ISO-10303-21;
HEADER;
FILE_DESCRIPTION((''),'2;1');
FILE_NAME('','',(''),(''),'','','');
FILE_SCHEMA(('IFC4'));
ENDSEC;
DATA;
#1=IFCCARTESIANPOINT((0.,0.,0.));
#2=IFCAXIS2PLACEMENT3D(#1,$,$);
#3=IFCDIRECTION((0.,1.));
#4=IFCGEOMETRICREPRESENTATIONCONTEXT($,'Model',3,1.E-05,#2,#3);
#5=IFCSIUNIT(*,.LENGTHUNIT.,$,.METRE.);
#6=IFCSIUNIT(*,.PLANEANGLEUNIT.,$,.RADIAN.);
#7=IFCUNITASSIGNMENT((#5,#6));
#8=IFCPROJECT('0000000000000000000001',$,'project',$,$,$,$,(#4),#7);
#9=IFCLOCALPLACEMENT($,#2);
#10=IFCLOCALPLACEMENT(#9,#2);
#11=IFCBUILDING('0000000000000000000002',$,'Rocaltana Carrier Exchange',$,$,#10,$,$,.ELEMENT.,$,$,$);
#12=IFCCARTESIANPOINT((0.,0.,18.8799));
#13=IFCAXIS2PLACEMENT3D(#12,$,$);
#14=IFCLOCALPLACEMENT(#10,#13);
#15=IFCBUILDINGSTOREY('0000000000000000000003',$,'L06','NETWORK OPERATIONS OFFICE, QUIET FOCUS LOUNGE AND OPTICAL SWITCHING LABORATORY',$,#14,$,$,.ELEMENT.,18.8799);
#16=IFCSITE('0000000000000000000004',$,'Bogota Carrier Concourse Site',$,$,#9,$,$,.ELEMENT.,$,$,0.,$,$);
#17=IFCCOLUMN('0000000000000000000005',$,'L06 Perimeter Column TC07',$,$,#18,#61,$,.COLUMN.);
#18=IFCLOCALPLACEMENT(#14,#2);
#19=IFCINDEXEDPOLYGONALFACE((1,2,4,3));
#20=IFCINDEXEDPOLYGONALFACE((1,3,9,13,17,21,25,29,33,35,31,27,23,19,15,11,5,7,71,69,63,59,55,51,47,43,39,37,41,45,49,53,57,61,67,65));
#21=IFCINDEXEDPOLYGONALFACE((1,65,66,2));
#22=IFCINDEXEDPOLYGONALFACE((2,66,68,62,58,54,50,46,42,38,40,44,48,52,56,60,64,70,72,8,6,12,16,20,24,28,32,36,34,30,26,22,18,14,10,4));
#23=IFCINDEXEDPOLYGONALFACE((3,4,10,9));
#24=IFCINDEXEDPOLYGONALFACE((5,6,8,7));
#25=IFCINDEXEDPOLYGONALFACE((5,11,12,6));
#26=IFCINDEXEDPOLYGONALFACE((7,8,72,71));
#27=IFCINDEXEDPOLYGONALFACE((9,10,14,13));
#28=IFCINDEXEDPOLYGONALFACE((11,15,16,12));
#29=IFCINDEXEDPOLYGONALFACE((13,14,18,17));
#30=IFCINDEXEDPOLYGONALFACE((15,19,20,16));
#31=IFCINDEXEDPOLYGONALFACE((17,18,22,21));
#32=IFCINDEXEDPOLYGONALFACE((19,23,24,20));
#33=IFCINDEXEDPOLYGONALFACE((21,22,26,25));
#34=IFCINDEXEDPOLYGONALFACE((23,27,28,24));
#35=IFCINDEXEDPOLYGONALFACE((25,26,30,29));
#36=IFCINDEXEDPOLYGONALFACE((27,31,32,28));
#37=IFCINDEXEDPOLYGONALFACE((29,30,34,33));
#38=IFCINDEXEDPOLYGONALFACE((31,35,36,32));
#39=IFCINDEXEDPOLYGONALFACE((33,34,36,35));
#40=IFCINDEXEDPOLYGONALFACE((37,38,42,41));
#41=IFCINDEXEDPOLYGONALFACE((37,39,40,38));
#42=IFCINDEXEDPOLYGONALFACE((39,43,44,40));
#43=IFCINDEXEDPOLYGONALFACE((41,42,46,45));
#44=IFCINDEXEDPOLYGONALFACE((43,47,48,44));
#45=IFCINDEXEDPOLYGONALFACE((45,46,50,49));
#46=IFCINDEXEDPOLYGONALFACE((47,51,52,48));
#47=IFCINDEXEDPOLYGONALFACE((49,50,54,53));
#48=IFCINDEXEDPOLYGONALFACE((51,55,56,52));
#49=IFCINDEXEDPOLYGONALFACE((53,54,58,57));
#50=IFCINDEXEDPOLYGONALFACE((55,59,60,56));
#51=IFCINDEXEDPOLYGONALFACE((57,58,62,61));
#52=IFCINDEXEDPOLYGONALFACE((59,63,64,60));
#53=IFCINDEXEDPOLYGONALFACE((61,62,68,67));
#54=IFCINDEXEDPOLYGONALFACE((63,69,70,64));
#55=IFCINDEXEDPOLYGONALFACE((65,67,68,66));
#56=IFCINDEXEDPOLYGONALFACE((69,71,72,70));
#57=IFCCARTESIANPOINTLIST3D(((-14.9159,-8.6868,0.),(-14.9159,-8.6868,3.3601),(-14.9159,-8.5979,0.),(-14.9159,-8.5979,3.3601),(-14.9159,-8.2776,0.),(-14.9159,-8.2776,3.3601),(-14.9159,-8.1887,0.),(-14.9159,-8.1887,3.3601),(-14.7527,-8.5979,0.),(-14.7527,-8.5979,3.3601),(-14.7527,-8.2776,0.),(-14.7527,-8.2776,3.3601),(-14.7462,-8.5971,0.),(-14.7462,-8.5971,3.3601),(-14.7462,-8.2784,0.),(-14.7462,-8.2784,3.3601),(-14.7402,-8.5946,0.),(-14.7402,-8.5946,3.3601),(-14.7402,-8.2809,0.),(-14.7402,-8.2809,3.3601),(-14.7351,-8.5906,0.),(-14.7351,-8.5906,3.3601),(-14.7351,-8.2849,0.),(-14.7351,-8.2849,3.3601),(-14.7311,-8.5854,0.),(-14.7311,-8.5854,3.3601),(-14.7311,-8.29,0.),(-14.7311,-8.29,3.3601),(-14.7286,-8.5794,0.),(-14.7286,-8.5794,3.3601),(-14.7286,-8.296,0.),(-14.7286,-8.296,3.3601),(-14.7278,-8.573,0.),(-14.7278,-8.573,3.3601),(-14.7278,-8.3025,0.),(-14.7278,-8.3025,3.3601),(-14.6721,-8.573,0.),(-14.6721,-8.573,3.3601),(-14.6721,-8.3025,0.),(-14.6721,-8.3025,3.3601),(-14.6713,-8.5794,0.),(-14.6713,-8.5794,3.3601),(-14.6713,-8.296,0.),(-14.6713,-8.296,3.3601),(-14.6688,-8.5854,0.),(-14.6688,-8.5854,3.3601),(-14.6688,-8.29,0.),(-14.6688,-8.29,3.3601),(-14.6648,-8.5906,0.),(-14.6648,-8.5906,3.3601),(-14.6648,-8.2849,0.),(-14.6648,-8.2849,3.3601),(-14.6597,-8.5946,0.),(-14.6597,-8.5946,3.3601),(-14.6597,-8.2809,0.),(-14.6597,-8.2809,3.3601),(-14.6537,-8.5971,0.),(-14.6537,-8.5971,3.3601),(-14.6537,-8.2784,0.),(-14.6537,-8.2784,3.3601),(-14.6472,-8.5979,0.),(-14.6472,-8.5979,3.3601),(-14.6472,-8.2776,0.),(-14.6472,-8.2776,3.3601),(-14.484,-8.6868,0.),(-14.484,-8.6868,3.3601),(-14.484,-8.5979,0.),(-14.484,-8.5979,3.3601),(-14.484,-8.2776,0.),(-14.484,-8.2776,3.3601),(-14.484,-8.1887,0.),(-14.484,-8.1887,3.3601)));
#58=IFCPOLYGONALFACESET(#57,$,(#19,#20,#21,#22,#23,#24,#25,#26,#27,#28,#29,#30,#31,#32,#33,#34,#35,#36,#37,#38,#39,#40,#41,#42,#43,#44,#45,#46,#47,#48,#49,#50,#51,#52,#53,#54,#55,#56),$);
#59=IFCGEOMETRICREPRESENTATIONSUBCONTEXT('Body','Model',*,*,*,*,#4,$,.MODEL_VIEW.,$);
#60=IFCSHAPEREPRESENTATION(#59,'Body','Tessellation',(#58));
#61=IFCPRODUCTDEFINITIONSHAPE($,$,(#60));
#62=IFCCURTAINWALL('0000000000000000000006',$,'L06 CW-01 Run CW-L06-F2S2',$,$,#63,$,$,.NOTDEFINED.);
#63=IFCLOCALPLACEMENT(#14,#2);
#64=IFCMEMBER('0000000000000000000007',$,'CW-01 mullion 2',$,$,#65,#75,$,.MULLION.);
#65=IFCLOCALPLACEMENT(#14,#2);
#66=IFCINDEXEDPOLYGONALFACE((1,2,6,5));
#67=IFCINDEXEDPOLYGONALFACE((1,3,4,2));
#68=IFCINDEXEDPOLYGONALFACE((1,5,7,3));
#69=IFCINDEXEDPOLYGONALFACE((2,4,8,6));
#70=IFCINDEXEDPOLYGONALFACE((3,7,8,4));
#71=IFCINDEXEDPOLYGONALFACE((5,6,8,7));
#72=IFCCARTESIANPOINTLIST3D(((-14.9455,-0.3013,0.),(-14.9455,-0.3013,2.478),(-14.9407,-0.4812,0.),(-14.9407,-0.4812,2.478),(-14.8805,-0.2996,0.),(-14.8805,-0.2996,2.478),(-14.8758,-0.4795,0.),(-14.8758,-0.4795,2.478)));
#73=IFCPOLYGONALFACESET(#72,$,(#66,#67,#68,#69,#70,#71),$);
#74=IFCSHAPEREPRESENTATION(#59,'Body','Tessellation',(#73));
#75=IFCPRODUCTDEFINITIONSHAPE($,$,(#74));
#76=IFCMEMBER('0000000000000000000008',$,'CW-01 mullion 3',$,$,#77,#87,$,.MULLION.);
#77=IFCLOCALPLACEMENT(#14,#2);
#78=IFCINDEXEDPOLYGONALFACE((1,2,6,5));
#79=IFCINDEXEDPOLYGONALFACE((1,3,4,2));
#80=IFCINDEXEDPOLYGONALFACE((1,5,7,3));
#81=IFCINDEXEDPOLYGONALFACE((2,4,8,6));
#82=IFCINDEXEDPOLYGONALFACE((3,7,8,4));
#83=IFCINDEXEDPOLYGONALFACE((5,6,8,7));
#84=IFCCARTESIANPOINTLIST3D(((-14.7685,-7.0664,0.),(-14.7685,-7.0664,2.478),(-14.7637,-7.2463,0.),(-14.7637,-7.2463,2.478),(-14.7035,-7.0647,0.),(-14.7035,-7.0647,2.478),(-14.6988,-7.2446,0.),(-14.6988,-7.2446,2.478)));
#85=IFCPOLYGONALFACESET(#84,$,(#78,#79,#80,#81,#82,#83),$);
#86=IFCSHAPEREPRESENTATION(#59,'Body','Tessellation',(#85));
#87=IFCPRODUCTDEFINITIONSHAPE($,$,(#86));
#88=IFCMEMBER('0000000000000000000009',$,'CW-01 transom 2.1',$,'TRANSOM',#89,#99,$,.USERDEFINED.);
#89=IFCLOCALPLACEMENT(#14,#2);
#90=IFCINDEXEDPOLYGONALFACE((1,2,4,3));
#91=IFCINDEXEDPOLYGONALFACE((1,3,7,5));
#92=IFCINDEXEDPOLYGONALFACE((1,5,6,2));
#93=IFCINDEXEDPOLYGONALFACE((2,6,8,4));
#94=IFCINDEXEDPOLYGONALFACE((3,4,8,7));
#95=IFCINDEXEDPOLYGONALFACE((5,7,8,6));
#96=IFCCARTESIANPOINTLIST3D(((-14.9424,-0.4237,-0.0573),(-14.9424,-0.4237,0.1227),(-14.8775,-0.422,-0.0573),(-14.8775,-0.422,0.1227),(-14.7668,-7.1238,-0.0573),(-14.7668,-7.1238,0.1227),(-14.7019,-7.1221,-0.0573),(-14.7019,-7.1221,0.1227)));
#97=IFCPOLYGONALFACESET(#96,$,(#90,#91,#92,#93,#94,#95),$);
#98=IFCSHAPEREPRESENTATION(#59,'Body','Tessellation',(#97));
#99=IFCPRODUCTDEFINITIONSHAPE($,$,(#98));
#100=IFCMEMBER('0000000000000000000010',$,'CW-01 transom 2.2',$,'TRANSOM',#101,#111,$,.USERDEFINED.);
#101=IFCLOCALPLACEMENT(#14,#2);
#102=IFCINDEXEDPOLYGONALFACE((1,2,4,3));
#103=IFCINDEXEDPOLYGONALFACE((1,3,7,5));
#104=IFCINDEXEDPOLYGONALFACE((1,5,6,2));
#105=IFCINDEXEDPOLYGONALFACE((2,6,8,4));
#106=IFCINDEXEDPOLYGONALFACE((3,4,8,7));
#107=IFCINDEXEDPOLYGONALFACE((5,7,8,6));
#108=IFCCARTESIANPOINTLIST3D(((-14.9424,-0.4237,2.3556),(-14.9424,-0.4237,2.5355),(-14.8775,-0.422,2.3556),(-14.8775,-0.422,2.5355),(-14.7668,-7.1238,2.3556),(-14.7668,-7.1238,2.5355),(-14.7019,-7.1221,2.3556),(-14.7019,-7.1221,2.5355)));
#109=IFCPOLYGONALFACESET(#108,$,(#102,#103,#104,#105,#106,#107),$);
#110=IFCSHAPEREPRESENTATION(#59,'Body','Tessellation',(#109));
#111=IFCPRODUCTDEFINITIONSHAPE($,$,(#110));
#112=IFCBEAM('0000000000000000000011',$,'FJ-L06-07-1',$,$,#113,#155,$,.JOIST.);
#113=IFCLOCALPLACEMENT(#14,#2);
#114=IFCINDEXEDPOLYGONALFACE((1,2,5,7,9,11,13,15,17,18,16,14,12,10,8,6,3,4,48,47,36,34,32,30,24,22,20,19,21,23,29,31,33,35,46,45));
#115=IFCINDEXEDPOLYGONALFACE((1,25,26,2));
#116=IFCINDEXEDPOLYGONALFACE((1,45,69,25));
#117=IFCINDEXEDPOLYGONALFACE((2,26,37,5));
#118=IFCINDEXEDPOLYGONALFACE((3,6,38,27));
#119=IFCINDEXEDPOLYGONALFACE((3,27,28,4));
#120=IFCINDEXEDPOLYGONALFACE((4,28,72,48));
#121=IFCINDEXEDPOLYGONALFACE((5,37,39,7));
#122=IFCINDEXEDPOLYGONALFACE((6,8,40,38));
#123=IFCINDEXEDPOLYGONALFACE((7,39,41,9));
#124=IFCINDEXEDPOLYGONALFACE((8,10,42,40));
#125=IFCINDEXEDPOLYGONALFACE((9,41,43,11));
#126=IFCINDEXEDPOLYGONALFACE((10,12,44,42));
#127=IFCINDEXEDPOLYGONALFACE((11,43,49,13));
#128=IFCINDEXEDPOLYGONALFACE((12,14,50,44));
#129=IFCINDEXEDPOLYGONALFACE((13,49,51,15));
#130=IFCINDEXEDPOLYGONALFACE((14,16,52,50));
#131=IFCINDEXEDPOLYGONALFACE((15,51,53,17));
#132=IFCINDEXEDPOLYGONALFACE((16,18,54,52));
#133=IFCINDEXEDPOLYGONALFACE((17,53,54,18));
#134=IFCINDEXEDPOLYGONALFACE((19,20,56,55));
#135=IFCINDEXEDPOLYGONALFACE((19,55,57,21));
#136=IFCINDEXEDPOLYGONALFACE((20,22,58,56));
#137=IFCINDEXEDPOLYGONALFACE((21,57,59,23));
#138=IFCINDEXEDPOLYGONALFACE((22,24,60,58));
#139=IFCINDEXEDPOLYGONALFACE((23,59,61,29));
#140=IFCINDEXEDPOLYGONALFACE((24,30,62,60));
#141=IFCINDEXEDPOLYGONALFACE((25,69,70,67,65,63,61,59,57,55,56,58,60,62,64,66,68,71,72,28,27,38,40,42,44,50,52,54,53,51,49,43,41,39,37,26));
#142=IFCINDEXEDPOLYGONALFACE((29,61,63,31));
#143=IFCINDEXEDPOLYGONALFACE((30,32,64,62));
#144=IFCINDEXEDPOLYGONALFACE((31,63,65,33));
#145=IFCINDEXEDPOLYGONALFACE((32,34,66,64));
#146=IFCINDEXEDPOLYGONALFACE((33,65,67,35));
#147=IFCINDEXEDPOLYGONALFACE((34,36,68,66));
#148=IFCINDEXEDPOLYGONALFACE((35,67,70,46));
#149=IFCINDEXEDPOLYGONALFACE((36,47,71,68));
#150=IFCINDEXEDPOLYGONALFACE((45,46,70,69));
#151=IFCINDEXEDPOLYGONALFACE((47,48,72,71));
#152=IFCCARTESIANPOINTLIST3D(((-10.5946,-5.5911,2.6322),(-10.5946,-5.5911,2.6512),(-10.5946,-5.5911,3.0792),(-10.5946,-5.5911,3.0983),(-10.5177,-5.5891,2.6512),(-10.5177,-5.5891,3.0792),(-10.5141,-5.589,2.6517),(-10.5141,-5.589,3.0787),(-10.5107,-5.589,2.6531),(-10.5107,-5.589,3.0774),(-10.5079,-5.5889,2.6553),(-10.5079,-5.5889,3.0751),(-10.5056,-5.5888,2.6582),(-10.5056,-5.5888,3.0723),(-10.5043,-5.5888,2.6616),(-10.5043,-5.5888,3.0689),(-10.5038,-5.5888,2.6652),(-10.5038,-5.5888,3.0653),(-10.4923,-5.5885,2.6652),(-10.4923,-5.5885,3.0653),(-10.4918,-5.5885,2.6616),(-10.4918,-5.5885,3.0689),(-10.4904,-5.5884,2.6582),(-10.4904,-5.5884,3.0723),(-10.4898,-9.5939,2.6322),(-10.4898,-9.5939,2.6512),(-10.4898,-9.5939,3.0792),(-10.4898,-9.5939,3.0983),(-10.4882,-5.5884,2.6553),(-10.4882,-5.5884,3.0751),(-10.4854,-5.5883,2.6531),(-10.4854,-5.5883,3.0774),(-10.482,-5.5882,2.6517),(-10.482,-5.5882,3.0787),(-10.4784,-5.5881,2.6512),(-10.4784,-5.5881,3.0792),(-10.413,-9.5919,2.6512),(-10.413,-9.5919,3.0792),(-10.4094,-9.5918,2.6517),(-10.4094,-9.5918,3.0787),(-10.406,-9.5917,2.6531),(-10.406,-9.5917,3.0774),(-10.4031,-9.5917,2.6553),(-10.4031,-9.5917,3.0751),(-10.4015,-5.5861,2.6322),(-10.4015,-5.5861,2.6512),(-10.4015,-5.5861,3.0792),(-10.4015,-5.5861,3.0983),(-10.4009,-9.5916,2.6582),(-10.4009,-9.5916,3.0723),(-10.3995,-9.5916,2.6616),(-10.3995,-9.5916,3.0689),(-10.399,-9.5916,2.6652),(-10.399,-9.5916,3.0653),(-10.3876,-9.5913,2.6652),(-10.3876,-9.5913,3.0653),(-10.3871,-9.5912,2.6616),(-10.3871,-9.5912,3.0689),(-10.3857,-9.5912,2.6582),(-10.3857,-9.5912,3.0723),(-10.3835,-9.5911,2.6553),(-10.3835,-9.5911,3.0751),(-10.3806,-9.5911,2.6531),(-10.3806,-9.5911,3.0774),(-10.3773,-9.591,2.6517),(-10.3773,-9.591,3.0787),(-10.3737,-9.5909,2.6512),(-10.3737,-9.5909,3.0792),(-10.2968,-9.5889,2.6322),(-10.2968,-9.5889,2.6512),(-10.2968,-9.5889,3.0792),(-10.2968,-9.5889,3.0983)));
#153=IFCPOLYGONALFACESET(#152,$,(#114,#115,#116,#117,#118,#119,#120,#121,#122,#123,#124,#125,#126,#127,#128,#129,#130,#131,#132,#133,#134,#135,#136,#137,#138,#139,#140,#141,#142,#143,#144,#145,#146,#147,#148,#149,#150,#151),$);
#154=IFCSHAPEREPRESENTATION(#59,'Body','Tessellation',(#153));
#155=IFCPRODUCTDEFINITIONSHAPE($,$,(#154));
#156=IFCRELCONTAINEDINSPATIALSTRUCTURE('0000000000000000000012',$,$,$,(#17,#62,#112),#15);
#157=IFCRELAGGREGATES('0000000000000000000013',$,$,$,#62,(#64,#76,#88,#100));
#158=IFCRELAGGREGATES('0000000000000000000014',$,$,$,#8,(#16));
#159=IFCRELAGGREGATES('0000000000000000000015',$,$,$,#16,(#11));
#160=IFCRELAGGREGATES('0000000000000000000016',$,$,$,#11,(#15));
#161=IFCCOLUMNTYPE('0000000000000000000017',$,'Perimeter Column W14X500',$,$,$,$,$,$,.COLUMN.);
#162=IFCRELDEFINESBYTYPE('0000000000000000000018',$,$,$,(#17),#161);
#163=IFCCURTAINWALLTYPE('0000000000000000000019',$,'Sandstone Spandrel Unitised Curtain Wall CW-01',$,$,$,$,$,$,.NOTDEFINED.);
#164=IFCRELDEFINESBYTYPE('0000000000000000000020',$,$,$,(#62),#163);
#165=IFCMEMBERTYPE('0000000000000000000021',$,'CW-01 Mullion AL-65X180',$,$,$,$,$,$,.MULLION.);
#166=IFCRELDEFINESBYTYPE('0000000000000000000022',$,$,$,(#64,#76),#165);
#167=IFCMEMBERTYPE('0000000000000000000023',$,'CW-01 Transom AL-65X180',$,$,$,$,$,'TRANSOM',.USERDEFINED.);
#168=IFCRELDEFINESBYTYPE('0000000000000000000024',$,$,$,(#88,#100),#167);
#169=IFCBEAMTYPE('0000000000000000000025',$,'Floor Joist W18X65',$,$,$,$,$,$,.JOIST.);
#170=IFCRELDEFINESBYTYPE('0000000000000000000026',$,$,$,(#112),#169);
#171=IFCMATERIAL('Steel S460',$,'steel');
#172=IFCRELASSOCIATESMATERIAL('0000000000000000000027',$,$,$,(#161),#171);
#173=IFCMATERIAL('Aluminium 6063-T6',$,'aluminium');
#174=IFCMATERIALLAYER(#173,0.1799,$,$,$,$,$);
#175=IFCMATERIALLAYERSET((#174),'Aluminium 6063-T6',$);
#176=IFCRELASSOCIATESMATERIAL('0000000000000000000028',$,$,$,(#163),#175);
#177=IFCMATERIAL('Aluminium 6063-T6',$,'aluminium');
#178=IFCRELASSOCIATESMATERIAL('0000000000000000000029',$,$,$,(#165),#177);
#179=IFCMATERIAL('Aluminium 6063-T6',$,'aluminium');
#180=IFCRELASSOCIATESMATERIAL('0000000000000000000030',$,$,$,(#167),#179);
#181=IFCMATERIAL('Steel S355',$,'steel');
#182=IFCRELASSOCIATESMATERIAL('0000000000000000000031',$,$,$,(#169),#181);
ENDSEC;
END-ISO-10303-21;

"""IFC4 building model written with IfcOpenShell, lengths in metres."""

from ifc_helpers import new_model, si_unit, direction, frame, origin, origin_2d, place, context, subcontext, project, spatial, rectangle, i_section, extrude, material, layer, layer_set, material_profile, profile_set, type_object, element, aggregate, save


model = new_model("IFC4")

# Units and contexts
model_context = context("Model", 3, precision=1e-05, world=origin(), true_north=direction((0.0, 1.0)))
body_context = subcontext(model_context, "Body", "Model", "MODEL_VIEW")
ifc_project = project(units=[si_unit("LENGTHUNIT", "METRE"), si_unit("PLANEANGLEUNIT", "RADIAN")], contexts=[model_context])

# Site, building, storey
site_placement = place(None, origin())
site = spatial("IfcSite", under=ifc_project, at=site_placement, Name="Bogota Carrier Concourse Site", CompositionType="ELEMENT", RefElevation=0.0)
building_placement = place(site_placement, origin())
building = spatial("IfcBuilding", under=site, at=building_placement, Name="Rocaltana Carrier Exchange", CompositionType="ELEMENT")
storey_placement = place(building_placement, frame((0.0, 0.0, 18.8799)))
storey = spatial("IfcBuildingStorey", under=building, at=storey_placement, Name="L06", Description="NETWORK OPERATIONS OFFICE, QUIET FOCUS LOUNGE AND OPTICAL SWITCHING LABORATORY", CompositionType="ELEMENT", Elevation=18.8799)

# Column
ifc_material_1 = material(Name="Steel S460", Category="steel")
ifc_material_profile_1 = material_profile(ifc_material_1, i_section(OverallWidth=0.4319, OverallDepth=0.498, WebThickness=0.0557, FlangeThickness=0.0889, FilletRadius=0.0249, at=origin_2d()), Name="W14X500")
ifc_profile_set_1 = profile_set([ifc_material_profile_1], Name="Steel S460")
column_type = type_object("IfcColumnType", Name="Perimeter Column W14X500", PredefinedType="COLUMN", material=ifc_profile_set_1)
column_placement = place(storey_placement, frame((-14.7, -8.4377, 0.0), z_axis=(0.0, 0.0, 1.0), x_axis=(1.0, 0.0, 0.0)))
element("IfcColumn", 1, at=column_placement, inside=storey, type_object=column_type, Name="L06 Perimeter Column TC07", PredefinedType="COLUMN", context=body_context, shape_type="SweptSolid", body=[
    extrude(i_section(OverallWidth=0.4319, OverallDepth=0.498, WebThickness=0.0557, FlangeThickness=0.0889, FilletRadius=0.0249, at=origin_2d()), origin(), (0.0, 0.0, 1.0), 3.3601),
])

# Curtain wall, members
ifc_material_2 = material(Name="Aluminium 6063-T6", Category="aluminium")
ifc_layer_1 = layer(ifc_material_2, 0.1799)
ifc_layer_set_1 = layer_set([ifc_layer_1], Name="Aluminium 6063-T6")
curtain_wall_type = type_object("IfcCurtainWallType", Name="Sandstone Spandrel Unitised Curtain Wall CW-01", PredefinedType="NOTDEFINED", material=ifc_layer_set_1)
curtain_wall_placement = place(storey_placement, origin())
curtain_wall = element("IfcCurtainWall", 2, at=curtain_wall_placement, inside=storey, type_object=curtain_wall_type, Name="L06 CW-01 Run CW-L06-F2S2", PredefinedType="NOTDEFINED")
ifc_material_3 = material(Name="Aluminium 6063-T6", Category="aluminium")
ifc_material_profile_2 = material_profile(ifc_material_3, rectangle(XDim=0.0649, YDim=0.1799, at=origin_2d()), Name="AL-65X180")
ifc_profile_set_2 = profile_set([ifc_material_profile_2], Name="Aluminium 6063-T6")
member_type_1 = type_object("IfcMemberType", Name="CW-01 Mullion AL-65X180", PredefinedType="MULLION", material=ifc_profile_set_2)
member_1_placement = place(storey_placement, frame((-14.9106, -0.3904, 0.0), z_axis=(0.0, 0.0, 1.0), x_axis=(0.999657, 0.026177, 0.0)))
member_1 = element("IfcMember", 3, at=member_1_placement, type_object=member_type_1, Name="CW-01 mullion 2", PredefinedType="MULLION", context=body_context, shape_type="SweptSolid", body=[
    extrude(rectangle(XDim=0.0649, YDim=0.1799, at=origin_2d()), origin(), (0.0, 0.0, 1.0), 2.478),
])
member_2_placement = place(storey_placement, frame((-14.7336, -7.1555, 0.0), z_axis=(0.0, 0.0, 1.0), x_axis=(0.999657, 0.026177, 0.0)))
member_2 = element("IfcMember", 4, at=member_2_placement, type_object=member_type_1, Name="CW-01 mullion 3", PredefinedType="MULLION", context=body_context, shape_type="SweptSolid", body=[
    extrude(rectangle(XDim=0.0649, YDim=0.1799, at=origin_2d()), origin(), (0.0, 0.0, 1.0), 2.478),
])
ifc_material_4 = material(Name="Aluminium 6063-T6", Category="aluminium")
ifc_material_profile_3 = material_profile(ifc_material_4, rectangle(XDim=0.0649, YDim=0.1799, at=origin_2d()), Name="AL-65X180")
ifc_profile_set_3 = profile_set([ifc_material_profile_3], Name="Aluminium 6063-T6")
member_type_2 = type_object("IfcMemberType", Name="CW-01 Transom AL-65X180", ElementType="TRANSOM", PredefinedType="USERDEFINED", material=ifc_profile_set_3)
member_3_placement = place(storey_placement, frame((-14.9099, -0.4229, 0.0327), z_axis=(0.02619, -0.999657, 0.0), x_axis=(0.999657, 0.02619, 0.0)))
member_3 = element("IfcMember", 5, at=member_3_placement, type_object=member_type_2, Name="CW-01 transom 2.1", ObjectType="TRANSOM", PredefinedType="USERDEFINED", context=body_context, shape_type="SweptSolid", body=[
    extrude(rectangle(XDim=0.0649, YDim=0.1799, at=origin_2d()), origin(), (0.0, 0.0, 1.0), 6.7024),
])
member_4_placement = place(storey_placement, frame((-14.9099, -0.4229, 2.4456), z_axis=(0.02619, -0.999657, 0.0), x_axis=(0.999657, 0.02619, 0.0)))
member_4 = element("IfcMember", 6, at=member_4_placement, type_object=member_type_2, Name="CW-01 transom 2.2", ObjectType="TRANSOM", PredefinedType="USERDEFINED", context=body_context, shape_type="SweptSolid", body=[
    extrude(rectangle(XDim=0.0649, YDim=0.1799, at=origin_2d()), origin(), (0.0, 0.0, 1.0), 6.7024),
])

# Beam
ifc_material_5 = material(Name="Steel S355", Category="steel")
ifc_material_profile_4 = material_profile(ifc_material_5, i_section(OverallWidth=0.1931, OverallDepth=0.4661, WebThickness=0.0115, FlangeThickness=0.019, FilletRadius=0.0139, at=origin_2d()), Name="W18X65")
ifc_profile_set_4 = profile_set([ifc_material_profile_4], Name="Steel S355")
beam_type_1 = type_object("IfcBeamType", Name="Floor Joist W18X65", PredefinedType="JOIST", material=ifc_profile_set_4)
beam_1_placement = place(storey_placement, frame((-10.498, -5.5886, 2.8652), z_axis=(0.026158, -0.999658, 0.0), x_axis=(0.999658, 0.026158, 0.0)))
element("IfcBeam", 7, at=beam_1_placement, inside=storey, type_object=beam_type_1, Name="FJ-L06-07-1", PredefinedType="JOIST", context=body_context, shape_type="SweptSolid", body=[
    extrude(i_section(OverallWidth=0.1931, OverallDepth=0.4661, WebThickness=0.0115, FlangeThickness=0.019, FilletRadius=0.0139, at=origin_2d()), origin(), (0.0, 0.0, 1.0), 4.0042),
])

aggregate(curtain_wall, [member_1, member_2, member_3, member_4])

save(model, "model.ifc")
